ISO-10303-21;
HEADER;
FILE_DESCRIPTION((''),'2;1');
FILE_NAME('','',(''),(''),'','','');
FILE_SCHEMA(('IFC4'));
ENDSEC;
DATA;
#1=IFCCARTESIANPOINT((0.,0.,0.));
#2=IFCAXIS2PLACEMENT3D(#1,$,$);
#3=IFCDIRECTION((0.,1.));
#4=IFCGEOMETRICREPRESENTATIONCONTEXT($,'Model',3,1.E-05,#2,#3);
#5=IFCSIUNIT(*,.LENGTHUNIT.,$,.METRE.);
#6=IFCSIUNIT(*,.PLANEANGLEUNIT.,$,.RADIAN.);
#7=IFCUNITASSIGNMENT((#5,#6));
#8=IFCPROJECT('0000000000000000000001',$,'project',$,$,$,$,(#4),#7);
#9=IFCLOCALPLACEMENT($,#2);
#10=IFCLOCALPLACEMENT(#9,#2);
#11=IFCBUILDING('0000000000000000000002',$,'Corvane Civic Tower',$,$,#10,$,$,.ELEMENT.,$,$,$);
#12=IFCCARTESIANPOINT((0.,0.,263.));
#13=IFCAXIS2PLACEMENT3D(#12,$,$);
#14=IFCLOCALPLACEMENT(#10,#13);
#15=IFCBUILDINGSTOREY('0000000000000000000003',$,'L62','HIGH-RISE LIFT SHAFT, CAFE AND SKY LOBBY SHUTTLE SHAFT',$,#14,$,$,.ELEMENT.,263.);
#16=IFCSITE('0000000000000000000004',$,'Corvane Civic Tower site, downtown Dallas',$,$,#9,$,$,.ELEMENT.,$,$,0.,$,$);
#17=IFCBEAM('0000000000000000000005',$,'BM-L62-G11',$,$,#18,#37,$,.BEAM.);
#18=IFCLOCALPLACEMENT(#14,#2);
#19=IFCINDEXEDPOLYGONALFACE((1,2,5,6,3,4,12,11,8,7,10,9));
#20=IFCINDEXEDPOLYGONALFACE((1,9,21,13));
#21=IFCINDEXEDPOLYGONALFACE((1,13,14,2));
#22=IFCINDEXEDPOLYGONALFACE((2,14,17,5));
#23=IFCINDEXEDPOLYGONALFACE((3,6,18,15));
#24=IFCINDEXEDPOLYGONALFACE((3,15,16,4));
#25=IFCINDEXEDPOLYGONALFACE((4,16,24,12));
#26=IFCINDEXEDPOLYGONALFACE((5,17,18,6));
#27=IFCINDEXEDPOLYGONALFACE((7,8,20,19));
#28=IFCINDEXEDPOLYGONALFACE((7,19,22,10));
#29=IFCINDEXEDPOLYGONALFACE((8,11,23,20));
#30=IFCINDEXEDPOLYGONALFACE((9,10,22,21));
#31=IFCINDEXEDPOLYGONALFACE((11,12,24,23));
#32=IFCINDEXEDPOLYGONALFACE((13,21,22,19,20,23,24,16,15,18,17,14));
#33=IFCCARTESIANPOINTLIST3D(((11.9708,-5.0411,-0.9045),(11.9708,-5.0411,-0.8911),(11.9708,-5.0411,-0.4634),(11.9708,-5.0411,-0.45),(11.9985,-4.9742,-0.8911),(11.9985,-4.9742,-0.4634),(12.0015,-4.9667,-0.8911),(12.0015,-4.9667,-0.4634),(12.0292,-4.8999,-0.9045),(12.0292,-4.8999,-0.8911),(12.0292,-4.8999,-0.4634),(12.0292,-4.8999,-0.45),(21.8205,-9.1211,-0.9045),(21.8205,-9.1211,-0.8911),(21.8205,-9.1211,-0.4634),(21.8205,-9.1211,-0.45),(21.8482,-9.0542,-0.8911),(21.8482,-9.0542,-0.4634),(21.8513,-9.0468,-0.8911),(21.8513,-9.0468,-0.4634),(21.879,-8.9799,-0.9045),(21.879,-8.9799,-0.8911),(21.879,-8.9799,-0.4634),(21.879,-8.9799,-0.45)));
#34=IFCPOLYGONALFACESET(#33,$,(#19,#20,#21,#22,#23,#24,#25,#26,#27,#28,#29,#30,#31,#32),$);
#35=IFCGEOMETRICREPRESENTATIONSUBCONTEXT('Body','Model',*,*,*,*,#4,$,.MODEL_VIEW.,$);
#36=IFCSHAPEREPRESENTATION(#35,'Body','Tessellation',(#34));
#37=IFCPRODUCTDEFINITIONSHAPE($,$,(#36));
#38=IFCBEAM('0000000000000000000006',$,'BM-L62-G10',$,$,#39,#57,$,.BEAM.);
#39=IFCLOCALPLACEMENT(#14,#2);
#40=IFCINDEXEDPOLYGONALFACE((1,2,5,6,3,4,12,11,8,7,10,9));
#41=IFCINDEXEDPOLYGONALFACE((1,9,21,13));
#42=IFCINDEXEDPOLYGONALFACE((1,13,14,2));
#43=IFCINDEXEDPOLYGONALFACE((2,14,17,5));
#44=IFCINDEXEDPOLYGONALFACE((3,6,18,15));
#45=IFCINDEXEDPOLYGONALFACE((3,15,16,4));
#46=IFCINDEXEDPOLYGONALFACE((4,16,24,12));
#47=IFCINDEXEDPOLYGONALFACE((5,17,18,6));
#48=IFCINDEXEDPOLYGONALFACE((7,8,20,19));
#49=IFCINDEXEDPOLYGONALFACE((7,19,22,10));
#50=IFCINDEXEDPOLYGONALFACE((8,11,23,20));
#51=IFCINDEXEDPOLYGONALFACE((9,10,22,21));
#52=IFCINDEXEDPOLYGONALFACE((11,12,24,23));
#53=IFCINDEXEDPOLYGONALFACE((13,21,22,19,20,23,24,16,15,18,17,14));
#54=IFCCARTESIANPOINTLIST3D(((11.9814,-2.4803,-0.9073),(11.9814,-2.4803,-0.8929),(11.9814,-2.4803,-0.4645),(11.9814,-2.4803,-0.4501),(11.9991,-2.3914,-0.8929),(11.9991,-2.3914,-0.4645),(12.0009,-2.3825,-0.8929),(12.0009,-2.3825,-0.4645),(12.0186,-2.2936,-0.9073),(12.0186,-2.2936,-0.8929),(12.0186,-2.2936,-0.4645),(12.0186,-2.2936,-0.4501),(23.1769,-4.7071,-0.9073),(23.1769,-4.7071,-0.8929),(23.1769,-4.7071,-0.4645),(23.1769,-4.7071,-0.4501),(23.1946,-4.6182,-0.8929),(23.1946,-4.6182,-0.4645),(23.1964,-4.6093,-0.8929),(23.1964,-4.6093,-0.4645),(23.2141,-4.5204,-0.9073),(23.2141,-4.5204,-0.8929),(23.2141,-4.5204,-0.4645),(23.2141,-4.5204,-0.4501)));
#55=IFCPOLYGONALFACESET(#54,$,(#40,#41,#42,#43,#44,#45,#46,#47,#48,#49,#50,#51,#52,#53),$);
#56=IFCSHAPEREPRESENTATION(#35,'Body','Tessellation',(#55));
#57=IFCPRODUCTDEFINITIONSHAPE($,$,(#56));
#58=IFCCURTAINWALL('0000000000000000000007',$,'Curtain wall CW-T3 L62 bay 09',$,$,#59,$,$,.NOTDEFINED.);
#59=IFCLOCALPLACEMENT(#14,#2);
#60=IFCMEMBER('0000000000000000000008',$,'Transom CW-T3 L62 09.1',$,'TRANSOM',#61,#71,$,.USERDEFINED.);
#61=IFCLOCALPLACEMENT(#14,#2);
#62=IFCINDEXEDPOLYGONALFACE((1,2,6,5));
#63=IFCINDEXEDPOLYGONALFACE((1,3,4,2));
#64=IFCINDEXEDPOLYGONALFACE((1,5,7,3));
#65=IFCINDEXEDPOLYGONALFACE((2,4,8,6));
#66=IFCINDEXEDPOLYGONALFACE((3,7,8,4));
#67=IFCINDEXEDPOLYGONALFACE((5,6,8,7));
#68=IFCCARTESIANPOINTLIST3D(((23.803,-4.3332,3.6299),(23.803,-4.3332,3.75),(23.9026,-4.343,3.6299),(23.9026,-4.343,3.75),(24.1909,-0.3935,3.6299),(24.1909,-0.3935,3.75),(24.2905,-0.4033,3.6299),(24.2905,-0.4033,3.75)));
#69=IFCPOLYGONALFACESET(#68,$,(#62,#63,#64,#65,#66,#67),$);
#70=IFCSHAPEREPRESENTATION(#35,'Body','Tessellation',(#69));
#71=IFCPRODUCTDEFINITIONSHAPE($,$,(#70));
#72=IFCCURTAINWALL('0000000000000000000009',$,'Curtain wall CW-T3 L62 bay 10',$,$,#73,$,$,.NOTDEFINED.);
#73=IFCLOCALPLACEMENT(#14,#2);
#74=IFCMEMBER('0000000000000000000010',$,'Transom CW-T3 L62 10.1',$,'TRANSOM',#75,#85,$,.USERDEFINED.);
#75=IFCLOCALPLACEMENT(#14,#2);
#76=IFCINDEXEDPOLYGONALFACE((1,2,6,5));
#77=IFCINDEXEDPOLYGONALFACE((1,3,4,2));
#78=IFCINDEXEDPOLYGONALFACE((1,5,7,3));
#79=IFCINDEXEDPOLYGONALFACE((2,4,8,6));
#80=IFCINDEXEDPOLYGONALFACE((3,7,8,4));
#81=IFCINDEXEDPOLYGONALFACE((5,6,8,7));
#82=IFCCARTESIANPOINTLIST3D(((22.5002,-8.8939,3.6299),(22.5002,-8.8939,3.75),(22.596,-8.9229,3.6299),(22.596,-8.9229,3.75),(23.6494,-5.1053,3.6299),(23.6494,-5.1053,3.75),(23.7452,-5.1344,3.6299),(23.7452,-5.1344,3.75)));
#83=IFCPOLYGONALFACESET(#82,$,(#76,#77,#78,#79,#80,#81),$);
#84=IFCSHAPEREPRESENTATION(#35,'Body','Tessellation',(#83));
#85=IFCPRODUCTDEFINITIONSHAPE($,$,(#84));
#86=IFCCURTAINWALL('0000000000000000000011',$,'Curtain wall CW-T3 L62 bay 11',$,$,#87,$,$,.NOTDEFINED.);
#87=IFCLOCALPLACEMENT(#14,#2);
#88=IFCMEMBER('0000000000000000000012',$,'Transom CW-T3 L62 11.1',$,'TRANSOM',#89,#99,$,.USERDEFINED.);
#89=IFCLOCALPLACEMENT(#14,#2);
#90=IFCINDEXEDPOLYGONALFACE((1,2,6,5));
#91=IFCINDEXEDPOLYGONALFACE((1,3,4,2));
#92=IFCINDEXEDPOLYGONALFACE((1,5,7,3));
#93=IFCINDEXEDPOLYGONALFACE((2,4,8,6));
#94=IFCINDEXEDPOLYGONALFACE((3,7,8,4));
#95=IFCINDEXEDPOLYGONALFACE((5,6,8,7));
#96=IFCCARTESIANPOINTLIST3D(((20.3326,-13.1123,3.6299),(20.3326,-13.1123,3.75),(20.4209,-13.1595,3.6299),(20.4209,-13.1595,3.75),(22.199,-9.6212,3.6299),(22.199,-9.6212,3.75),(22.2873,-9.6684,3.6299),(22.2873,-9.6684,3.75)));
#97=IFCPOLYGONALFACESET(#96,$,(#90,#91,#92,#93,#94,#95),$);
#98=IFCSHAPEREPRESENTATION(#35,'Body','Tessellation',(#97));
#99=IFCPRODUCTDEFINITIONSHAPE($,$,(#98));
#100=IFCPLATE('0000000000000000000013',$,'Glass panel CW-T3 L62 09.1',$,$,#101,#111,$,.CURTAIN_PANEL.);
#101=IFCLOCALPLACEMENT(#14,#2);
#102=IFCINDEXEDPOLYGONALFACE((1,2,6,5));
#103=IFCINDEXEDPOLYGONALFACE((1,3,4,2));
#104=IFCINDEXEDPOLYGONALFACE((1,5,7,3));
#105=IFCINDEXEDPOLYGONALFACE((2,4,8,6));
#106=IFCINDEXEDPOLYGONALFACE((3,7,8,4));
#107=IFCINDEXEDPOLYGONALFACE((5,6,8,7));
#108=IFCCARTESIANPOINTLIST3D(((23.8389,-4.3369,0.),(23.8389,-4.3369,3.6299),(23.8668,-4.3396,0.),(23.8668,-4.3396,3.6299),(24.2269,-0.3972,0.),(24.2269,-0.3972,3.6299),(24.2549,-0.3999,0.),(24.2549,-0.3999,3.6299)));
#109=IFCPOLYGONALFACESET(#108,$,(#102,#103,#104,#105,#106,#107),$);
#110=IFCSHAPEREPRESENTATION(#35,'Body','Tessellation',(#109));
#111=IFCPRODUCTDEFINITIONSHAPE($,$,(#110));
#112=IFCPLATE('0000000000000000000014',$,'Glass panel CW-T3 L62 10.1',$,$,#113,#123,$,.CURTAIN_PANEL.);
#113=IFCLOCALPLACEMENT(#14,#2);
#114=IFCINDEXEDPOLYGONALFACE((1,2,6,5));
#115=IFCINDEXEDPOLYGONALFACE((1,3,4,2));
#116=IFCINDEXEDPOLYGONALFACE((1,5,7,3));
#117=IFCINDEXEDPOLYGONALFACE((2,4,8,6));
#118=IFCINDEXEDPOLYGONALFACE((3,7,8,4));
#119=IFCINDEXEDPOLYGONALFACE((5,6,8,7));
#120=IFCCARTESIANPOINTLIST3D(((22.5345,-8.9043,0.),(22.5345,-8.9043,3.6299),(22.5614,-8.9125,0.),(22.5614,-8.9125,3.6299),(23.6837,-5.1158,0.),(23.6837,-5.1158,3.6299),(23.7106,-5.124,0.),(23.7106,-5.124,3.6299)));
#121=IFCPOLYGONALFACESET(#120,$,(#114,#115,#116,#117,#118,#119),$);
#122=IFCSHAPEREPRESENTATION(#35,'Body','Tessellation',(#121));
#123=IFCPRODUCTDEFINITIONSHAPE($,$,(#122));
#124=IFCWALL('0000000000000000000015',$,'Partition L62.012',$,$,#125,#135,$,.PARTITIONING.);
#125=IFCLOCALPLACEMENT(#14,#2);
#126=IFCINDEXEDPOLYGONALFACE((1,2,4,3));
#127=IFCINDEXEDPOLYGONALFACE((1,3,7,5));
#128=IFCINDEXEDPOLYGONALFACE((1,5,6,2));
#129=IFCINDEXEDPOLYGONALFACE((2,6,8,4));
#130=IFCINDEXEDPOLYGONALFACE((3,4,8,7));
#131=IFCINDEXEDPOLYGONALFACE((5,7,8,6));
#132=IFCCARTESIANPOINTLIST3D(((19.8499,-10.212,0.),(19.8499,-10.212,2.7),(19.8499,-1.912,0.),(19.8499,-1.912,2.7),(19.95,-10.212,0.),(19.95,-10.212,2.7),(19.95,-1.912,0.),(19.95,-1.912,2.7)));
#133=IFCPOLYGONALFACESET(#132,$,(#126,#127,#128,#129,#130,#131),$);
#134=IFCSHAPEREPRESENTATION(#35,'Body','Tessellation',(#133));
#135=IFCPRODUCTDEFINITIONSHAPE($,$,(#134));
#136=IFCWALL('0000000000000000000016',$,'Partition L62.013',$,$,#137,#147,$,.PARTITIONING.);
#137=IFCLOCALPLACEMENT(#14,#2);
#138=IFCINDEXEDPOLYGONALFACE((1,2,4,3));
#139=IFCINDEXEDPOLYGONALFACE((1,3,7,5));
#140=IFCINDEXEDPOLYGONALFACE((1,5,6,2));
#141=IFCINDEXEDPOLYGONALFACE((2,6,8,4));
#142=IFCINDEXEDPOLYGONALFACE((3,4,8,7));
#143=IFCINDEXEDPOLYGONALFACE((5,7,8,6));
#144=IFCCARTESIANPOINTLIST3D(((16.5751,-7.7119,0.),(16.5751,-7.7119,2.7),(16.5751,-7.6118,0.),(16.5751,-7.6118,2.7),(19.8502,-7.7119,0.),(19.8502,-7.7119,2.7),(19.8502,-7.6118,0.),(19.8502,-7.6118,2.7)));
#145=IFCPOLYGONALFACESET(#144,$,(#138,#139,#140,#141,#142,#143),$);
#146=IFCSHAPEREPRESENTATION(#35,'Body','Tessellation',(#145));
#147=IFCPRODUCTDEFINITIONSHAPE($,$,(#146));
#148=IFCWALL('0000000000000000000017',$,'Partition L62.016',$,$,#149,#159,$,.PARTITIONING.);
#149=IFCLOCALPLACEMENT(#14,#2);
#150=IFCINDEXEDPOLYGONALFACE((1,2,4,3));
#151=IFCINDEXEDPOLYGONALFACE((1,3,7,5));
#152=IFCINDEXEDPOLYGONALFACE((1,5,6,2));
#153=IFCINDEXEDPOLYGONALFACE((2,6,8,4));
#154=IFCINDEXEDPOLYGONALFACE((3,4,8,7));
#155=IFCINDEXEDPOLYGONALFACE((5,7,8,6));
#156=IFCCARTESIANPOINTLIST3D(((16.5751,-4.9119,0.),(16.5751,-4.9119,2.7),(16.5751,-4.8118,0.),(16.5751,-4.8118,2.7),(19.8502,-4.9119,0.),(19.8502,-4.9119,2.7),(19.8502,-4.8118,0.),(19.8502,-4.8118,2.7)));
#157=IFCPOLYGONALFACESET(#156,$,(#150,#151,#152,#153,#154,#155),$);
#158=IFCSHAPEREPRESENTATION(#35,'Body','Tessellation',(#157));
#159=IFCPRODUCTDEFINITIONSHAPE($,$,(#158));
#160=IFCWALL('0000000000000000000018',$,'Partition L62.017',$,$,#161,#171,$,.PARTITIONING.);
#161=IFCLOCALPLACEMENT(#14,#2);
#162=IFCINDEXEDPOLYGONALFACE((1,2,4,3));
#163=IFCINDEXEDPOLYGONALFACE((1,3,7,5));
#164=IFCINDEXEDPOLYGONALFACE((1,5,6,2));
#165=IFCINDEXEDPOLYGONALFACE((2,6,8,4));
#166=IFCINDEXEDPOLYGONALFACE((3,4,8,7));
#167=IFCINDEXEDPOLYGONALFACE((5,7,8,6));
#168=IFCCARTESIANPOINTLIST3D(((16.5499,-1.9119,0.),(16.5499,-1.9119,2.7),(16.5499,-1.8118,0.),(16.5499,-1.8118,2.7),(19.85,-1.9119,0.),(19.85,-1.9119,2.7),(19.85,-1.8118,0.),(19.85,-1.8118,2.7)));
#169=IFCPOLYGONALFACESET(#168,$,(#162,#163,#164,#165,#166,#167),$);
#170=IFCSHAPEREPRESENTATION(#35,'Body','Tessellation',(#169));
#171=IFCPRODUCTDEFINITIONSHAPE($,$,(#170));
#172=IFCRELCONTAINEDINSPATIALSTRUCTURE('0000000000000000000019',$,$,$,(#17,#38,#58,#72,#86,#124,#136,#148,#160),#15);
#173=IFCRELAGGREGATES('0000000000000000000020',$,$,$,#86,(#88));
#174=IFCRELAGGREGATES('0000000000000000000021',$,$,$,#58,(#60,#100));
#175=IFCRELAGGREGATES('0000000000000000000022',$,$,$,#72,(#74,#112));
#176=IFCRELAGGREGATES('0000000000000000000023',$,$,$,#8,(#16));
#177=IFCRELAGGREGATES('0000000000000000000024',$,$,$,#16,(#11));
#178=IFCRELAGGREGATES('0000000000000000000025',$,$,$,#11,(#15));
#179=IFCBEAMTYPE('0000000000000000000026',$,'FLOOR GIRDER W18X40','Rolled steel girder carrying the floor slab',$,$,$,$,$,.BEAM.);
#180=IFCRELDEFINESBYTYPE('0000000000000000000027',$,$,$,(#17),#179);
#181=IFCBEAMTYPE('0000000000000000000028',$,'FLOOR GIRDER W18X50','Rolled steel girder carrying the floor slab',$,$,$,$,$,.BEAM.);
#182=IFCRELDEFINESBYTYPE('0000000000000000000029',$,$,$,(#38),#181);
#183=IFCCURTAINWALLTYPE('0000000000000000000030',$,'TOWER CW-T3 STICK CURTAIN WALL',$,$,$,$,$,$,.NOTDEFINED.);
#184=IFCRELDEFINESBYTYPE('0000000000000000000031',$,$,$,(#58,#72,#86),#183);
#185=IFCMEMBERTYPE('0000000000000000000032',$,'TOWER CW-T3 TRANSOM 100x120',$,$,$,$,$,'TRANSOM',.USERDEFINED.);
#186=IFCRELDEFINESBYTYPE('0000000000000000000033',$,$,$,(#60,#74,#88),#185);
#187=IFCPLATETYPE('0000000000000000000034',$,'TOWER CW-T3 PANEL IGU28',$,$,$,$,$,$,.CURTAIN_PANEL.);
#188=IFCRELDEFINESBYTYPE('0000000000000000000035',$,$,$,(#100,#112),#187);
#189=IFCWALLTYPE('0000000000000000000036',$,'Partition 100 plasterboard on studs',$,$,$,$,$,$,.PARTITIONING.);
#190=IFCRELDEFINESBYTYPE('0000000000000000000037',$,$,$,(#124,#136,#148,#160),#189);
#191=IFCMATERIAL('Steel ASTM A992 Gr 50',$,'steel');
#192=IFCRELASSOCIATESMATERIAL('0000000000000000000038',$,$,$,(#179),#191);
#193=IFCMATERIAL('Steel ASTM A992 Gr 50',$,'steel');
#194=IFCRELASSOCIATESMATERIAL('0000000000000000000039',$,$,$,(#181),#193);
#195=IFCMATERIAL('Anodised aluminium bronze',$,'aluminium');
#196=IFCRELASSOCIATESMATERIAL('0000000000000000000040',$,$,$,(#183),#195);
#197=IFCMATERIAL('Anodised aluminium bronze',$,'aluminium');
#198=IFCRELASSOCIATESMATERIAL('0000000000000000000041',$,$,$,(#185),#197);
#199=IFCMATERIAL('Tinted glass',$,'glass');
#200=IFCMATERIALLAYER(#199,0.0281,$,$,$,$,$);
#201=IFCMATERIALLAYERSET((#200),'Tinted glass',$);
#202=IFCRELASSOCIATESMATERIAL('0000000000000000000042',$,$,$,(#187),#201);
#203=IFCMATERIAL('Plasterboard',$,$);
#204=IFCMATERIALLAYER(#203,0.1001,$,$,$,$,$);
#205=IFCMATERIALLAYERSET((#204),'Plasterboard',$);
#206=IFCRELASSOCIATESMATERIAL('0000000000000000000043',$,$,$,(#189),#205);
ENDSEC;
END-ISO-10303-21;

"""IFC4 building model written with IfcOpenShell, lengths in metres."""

from ifc_helpers import new_model, si_unit, direction, frame, frame_2d, origin, origin_2d, place, context, subcontext, project, spatial, rectangle, i_section, extrude, material, layer, layer_set, material_profile, profile_set, type_object, element, aggregate, save


model = new_model("IFC4")

# Units and contexts
model_context = context("Model", 3, precision=1e-05, world=origin(), true_north=direction((0.0, 1.0)))
body_context = subcontext(model_context, "Body", "Model", "MODEL_VIEW")
ifc_project = project(units=[si_unit("LENGTHUNIT", "METRE"), si_unit("PLANEANGLEUNIT", "RADIAN")], contexts=[model_context])

# Site, building, storey
site_placement = place(None, origin())
site = spatial("IfcSite", under=ifc_project, at=site_placement, Name="Corvane Civic Tower site, downtown Dallas", CompositionType="ELEMENT", RefElevation=0.0)
building_placement = place(site_placement, origin())
building = spatial("IfcBuilding", under=site, at=building_placement, Name="Corvane Civic Tower", CompositionType="ELEMENT")
storey_placement = place(building_placement, frame((0.0, 0.0, 263.0)))
storey = spatial("IfcBuildingStorey", under=building, at=storey_placement, Name="L62", Description="HIGH-RISE LIFT SHAFT, CAFE AND SKY LOBBY SHUTTLE SHAFT", CompositionType="ELEMENT", Elevation=263.0)

# Beams
ifc_material_1 = material(Name="Steel ASTM A992 Gr 50", Category="steel")
ifc_material_profile_1 = material_profile(ifc_material_1, i_section(OverallWidth=0.1528, OverallDepth=0.4546, WebThickness=0.0081, FlangeThickness=0.0134, at=origin_2d()), Name="W18X40")
ifc_profile_set_1 = profile_set([ifc_material_profile_1], Name="Steel ASTM A992 Gr 50")
beam_type_1 = type_object("IfcBeamType", Name="FLOOR GIRDER W18X40", Description="Rolled steel girder carrying the floor slab", PredefinedType="BEAM", material=ifc_profile_set_1)
beam_1_placement = place(storey_placement, frame((12.0, -4.9705, -0.6772), z_axis=(0.923875, -0.382694, 0.0), x_axis=(0.382694, 0.923875, 0.0)))
element("IfcBeam", 1, at=beam_1_placement, inside=storey, type_object=beam_type_1, Name="BM-L62-G11", PredefinedType="BEAM", context=body_context, shape_type="SweptSolid", body=[
    extrude(i_section(OverallWidth=0.1528, OverallDepth=0.4546, WebThickness=0.0081, FlangeThickness=0.0134, at=origin_2d()), origin(), (0.0, 0.0, 1.0), 10.6614),
])
ifc_material_2 = material(Name="Steel ASTM A992 Gr 50", Category="steel")
ifc_material_profile_2 = material_profile(ifc_material_2, i_section(OverallWidth=0.1904, OverallDepth=0.4573, WebThickness=0.009, FlangeThickness=0.0144, at=origin_2d()), Name="W18X50")
ifc_profile_set_2 = profile_set([ifc_material_profile_2], Name="Steel ASTM A992 Gr 50")
beam_type_2 = type_object("IfcBeamType", Name="FLOOR GIRDER W18X50", Description="Rolled steel girder carrying the floor slab", PredefinedType="BEAM", material=ifc_profile_set_2)
beam_2_placement = place(storey_placement, frame((12.0, -2.387, -0.6787), z_axis=(0.980787, -0.19508, 0.0), x_axis=(0.19508, 0.980787, 0.0)))
element("IfcBeam", 2, at=beam_2_placement, inside=storey, type_object=beam_type_2, Name="BM-L62-G10", PredefinedType="BEAM", context=body_context, shape_type="SweptSolid", body=[
    extrude(i_section(OverallWidth=0.1904, OverallDepth=0.4573, WebThickness=0.009, FlangeThickness=0.0144, at=origin_2d()), origin(), (0.0, 0.0, 1.0), 11.4148),
])

# Curtain walls, members
ifc_material_3 = material(Name="Anodised aluminium bronze", Category="aluminium")
curtain_wall_type = type_object("IfcCurtainWallType", Name="TOWER CW-T3 STICK CURTAIN WALL", PredefinedType="NOTDEFINED", material=ifc_material_3)
curtain_wall_1_placement = place(storey_placement, origin())
curtain_wall_1 = element("IfcCurtainWall", 3, at=curtain_wall_1_placement, inside=storey, type_object=curtain_wall_type, Name="Curtain wall CW-T3 L62 bay 09", PredefinedType="NOTDEFINED")
ifc_material_4 = material(Name="Anodised aluminium bronze", Category="aluminium")
ifc_material_profile_3 = material_profile(ifc_material_4, rectangle(XDim=0.1001, YDim=0.1201, at=origin_2d()), Name="TOWER CW-T3 TRANSOM 100x120")
ifc_profile_set_3 = profile_set([ifc_material_profile_3], Name="Anodised aluminium bronze")
member_type = type_object("IfcMemberType", Name="TOWER CW-T3 TRANSOM 100x120", ElementType="TRANSOM", PredefinedType="USERDEFINED", material=ifc_profile_set_3)
member_1_placement = place(storey_placement, frame((24.2407, -0.3984, 3.6899), z_axis=(-0.097995, -0.995187, 0.0), x_axis=(0.995187, -0.097995, 0.0)))
member_1 = element("IfcMember", 4, at=member_1_placement, type_object=member_type, Name="Transom CW-T3 L62 09.1", ObjectType="TRANSOM", PredefinedType="USERDEFINED", context=body_context, shape_type="SweptSolid", body=[
    extrude(rectangle(XDim=0.1001, YDim=0.1201, at=origin_2d()), origin(), (0.0, 0.0, 1.0), 3.9587),
])
curtain_wall_2_placement = place(storey_placement, origin())
curtain_wall_2 = element("IfcCurtainWall", 5, at=curtain_wall_2_placement, inside=storey, type_object=curtain_wall_type, Name="Curtain wall CW-T3 L62 bay 10", PredefinedType="NOTDEFINED")
member_2_placement = place(storey_placement, frame((23.6973, -5.1199, 3.6899), z_axis=(-0.290266, -0.956946, 0.0), x_axis=(0.956946, -0.290266, 0.0)))
member_2 = element("IfcMember", 6, at=member_2_placement, type_object=member_type, Name="Transom CW-T3 L62 10.1", ObjectType="TRANSOM", PredefinedType="USERDEFINED", context=body_context, shape_type="SweptSolid", body=[
    extrude(rectangle(XDim=0.1001, YDim=0.1201, at=origin_2d()), origin(), (0.0, 0.0, 1.0), 3.959),
])
curtain_wall_3_placement = place(storey_placement, origin())
curtain_wall_3 = element("IfcCurtainWall", 7, at=curtain_wall_3_placement, inside=storey, type_object=curtain_wall_type, Name="Curtain wall CW-T3 L62 bay 11", PredefinedType="NOTDEFINED")
member_3_placement = place(storey_placement, frame((22.2432, -9.6448, 3.6899), z_axis=(-0.471468, -0.881883, 0.0), x_axis=(0.881883, -0.471468, 0.0)))
member_3 = element("IfcMember", 8, at=member_3_placement, type_object=member_type, Name="Transom CW-T3 L62 11.1", ObjectType="TRANSOM", PredefinedType="USERDEFINED", context=body_context, shape_type="SweptSolid", body=[
    extrude(rectangle(XDim=0.1001, YDim=0.1201, at=origin_2d()), origin(), (0.0, 0.0, 1.0), 3.9587),
])
aggregate(curtain_wall_3, [member_3])

# Plates
ifc_material_5 = material(Name="Tinted glass", Category="glass")
ifc_layer_1 = layer(ifc_material_5, 0.0281)
ifc_layer_set_1 = layer_set([ifc_layer_1], Name="Tinted glass")
plate_type = type_object("IfcPlateType", Name="TOWER CW-T3 PANEL IGU28", PredefinedType="CURTAIN_PANEL", material=ifc_layer_set_1)
plate_1_placement = place(storey_placement, frame((24.0469, -2.3684, 0.0), z_axis=(0.0, 0.0, 1.0), x_axis=(-0.098021, -0.995184, 0.0)))
plate_1 = element("IfcPlate", 9, at=plate_1_placement, type_object=plate_type, Name="Glass panel CW-T3 L62 09.1", PredefinedType="CURTAIN_PANEL", context=body_context, shape_type="SweptSolid", body=[
    extrude(rectangle(XDim=3.9587, YDim=0.0281, at=origin_2d()), origin(), (0.0, 0.0, 1.0), 3.6299),
])
aggregate(curtain_wall_1, [member_1, plate_1])
plate_2_placement = place(storey_placement, frame((23.1226, -7.0142, 0.0), z_axis=(0.0, 0.0, 1.0), x_axis=(-0.290274, -0.956944, 0.0)))
plate_2 = element("IfcPlate", 10, at=plate_2_placement, type_object=plate_type, Name="Glass panel CW-T3 L62 10.1", PredefinedType="CURTAIN_PANEL", context=body_context, shape_type="SweptSolid", body=[
    extrude(rectangle(XDim=3.959, YDim=0.0281, at=origin_2d()), origin(), (0.0, 0.0, 1.0), 3.6299),
])
aggregate(curtain_wall_2, [member_2, plate_2])

# Walls
ifc_material_6 = material(Name="Plasterboard")
ifc_layer_2 = layer(ifc_material_6, 0.1001)
ifc_layer_set_2 = layer_set([ifc_layer_2], Name="Plasterboard")
wall_type_1 = type_object("IfcWallType", Name="Partition 100 plasterboard on studs", PredefinedType="PARTITIONING", material=ifc_layer_set_2)
wall_1_placement = place(storey_placement, frame((19.8999, -10.2119, 0.0), z_axis=(0.0, 0.0, 1.0), x_axis=(0.0, 1.0, 0.0)))
element("IfcWall", 11, at=wall_1_placement, inside=storey, type_object=wall_type_1, Name="Partition L62.012", PredefinedType="PARTITIONING", context=body_context, shape_type="SweptSolid", body=[
    extrude(rectangle(XDim=8.3, YDim=0.1001, at=frame_2d((4.1499, 0.0))), origin(), (0.0, 0.0, 1.0), 2.7),
])
for number, where, z_axis, x_axis, name in (
    (12, (16.575, -7.6619, 0.0), (0.0, 0.0, 1.0), (1.0, 0.0, 0.0), "Partition L62.013"),
    (13, (16.575, -4.8618, 0.0), (0.0, 0.0, 1.0), (1.0, 0.0, 0.0), "Partition L62.016"),
):
    element("IfcWall", number, at=place(storey_placement, frame(where, z_axis=z_axis, x_axis=x_axis)), inside=storey, type_object=wall_type_1, Name=name, PredefinedType="PARTITIONING", context=body_context, shape_type="SweptSolid", body=[
        extrude(rectangle(XDim=3.2751, YDim=0.1001, at=frame_2d((1.6377, 0.0))), origin(), (0.0, 0.0, 1.0), 2.7),
    ])
wall_2_placement = place(storey_placement, frame((16.55, -1.8618, 0.0), z_axis=(0.0, 0.0, 1.0), x_axis=(1.0, 0.0, 0.0)))
element("IfcWall", 14, at=wall_2_placement, inside=storey, type_object=wall_type_1, Name="Partition L62.017", PredefinedType="PARTITIONING", context=body_context, shape_type="SweptSolid", body=[
    extrude(rectangle(XDim=3.3, YDim=0.1001, at=frame_2d((1.6499, 0.0))), origin(), (0.0, 0.0, 1.0), 2.7),
])

save(model, "model.ifc")
